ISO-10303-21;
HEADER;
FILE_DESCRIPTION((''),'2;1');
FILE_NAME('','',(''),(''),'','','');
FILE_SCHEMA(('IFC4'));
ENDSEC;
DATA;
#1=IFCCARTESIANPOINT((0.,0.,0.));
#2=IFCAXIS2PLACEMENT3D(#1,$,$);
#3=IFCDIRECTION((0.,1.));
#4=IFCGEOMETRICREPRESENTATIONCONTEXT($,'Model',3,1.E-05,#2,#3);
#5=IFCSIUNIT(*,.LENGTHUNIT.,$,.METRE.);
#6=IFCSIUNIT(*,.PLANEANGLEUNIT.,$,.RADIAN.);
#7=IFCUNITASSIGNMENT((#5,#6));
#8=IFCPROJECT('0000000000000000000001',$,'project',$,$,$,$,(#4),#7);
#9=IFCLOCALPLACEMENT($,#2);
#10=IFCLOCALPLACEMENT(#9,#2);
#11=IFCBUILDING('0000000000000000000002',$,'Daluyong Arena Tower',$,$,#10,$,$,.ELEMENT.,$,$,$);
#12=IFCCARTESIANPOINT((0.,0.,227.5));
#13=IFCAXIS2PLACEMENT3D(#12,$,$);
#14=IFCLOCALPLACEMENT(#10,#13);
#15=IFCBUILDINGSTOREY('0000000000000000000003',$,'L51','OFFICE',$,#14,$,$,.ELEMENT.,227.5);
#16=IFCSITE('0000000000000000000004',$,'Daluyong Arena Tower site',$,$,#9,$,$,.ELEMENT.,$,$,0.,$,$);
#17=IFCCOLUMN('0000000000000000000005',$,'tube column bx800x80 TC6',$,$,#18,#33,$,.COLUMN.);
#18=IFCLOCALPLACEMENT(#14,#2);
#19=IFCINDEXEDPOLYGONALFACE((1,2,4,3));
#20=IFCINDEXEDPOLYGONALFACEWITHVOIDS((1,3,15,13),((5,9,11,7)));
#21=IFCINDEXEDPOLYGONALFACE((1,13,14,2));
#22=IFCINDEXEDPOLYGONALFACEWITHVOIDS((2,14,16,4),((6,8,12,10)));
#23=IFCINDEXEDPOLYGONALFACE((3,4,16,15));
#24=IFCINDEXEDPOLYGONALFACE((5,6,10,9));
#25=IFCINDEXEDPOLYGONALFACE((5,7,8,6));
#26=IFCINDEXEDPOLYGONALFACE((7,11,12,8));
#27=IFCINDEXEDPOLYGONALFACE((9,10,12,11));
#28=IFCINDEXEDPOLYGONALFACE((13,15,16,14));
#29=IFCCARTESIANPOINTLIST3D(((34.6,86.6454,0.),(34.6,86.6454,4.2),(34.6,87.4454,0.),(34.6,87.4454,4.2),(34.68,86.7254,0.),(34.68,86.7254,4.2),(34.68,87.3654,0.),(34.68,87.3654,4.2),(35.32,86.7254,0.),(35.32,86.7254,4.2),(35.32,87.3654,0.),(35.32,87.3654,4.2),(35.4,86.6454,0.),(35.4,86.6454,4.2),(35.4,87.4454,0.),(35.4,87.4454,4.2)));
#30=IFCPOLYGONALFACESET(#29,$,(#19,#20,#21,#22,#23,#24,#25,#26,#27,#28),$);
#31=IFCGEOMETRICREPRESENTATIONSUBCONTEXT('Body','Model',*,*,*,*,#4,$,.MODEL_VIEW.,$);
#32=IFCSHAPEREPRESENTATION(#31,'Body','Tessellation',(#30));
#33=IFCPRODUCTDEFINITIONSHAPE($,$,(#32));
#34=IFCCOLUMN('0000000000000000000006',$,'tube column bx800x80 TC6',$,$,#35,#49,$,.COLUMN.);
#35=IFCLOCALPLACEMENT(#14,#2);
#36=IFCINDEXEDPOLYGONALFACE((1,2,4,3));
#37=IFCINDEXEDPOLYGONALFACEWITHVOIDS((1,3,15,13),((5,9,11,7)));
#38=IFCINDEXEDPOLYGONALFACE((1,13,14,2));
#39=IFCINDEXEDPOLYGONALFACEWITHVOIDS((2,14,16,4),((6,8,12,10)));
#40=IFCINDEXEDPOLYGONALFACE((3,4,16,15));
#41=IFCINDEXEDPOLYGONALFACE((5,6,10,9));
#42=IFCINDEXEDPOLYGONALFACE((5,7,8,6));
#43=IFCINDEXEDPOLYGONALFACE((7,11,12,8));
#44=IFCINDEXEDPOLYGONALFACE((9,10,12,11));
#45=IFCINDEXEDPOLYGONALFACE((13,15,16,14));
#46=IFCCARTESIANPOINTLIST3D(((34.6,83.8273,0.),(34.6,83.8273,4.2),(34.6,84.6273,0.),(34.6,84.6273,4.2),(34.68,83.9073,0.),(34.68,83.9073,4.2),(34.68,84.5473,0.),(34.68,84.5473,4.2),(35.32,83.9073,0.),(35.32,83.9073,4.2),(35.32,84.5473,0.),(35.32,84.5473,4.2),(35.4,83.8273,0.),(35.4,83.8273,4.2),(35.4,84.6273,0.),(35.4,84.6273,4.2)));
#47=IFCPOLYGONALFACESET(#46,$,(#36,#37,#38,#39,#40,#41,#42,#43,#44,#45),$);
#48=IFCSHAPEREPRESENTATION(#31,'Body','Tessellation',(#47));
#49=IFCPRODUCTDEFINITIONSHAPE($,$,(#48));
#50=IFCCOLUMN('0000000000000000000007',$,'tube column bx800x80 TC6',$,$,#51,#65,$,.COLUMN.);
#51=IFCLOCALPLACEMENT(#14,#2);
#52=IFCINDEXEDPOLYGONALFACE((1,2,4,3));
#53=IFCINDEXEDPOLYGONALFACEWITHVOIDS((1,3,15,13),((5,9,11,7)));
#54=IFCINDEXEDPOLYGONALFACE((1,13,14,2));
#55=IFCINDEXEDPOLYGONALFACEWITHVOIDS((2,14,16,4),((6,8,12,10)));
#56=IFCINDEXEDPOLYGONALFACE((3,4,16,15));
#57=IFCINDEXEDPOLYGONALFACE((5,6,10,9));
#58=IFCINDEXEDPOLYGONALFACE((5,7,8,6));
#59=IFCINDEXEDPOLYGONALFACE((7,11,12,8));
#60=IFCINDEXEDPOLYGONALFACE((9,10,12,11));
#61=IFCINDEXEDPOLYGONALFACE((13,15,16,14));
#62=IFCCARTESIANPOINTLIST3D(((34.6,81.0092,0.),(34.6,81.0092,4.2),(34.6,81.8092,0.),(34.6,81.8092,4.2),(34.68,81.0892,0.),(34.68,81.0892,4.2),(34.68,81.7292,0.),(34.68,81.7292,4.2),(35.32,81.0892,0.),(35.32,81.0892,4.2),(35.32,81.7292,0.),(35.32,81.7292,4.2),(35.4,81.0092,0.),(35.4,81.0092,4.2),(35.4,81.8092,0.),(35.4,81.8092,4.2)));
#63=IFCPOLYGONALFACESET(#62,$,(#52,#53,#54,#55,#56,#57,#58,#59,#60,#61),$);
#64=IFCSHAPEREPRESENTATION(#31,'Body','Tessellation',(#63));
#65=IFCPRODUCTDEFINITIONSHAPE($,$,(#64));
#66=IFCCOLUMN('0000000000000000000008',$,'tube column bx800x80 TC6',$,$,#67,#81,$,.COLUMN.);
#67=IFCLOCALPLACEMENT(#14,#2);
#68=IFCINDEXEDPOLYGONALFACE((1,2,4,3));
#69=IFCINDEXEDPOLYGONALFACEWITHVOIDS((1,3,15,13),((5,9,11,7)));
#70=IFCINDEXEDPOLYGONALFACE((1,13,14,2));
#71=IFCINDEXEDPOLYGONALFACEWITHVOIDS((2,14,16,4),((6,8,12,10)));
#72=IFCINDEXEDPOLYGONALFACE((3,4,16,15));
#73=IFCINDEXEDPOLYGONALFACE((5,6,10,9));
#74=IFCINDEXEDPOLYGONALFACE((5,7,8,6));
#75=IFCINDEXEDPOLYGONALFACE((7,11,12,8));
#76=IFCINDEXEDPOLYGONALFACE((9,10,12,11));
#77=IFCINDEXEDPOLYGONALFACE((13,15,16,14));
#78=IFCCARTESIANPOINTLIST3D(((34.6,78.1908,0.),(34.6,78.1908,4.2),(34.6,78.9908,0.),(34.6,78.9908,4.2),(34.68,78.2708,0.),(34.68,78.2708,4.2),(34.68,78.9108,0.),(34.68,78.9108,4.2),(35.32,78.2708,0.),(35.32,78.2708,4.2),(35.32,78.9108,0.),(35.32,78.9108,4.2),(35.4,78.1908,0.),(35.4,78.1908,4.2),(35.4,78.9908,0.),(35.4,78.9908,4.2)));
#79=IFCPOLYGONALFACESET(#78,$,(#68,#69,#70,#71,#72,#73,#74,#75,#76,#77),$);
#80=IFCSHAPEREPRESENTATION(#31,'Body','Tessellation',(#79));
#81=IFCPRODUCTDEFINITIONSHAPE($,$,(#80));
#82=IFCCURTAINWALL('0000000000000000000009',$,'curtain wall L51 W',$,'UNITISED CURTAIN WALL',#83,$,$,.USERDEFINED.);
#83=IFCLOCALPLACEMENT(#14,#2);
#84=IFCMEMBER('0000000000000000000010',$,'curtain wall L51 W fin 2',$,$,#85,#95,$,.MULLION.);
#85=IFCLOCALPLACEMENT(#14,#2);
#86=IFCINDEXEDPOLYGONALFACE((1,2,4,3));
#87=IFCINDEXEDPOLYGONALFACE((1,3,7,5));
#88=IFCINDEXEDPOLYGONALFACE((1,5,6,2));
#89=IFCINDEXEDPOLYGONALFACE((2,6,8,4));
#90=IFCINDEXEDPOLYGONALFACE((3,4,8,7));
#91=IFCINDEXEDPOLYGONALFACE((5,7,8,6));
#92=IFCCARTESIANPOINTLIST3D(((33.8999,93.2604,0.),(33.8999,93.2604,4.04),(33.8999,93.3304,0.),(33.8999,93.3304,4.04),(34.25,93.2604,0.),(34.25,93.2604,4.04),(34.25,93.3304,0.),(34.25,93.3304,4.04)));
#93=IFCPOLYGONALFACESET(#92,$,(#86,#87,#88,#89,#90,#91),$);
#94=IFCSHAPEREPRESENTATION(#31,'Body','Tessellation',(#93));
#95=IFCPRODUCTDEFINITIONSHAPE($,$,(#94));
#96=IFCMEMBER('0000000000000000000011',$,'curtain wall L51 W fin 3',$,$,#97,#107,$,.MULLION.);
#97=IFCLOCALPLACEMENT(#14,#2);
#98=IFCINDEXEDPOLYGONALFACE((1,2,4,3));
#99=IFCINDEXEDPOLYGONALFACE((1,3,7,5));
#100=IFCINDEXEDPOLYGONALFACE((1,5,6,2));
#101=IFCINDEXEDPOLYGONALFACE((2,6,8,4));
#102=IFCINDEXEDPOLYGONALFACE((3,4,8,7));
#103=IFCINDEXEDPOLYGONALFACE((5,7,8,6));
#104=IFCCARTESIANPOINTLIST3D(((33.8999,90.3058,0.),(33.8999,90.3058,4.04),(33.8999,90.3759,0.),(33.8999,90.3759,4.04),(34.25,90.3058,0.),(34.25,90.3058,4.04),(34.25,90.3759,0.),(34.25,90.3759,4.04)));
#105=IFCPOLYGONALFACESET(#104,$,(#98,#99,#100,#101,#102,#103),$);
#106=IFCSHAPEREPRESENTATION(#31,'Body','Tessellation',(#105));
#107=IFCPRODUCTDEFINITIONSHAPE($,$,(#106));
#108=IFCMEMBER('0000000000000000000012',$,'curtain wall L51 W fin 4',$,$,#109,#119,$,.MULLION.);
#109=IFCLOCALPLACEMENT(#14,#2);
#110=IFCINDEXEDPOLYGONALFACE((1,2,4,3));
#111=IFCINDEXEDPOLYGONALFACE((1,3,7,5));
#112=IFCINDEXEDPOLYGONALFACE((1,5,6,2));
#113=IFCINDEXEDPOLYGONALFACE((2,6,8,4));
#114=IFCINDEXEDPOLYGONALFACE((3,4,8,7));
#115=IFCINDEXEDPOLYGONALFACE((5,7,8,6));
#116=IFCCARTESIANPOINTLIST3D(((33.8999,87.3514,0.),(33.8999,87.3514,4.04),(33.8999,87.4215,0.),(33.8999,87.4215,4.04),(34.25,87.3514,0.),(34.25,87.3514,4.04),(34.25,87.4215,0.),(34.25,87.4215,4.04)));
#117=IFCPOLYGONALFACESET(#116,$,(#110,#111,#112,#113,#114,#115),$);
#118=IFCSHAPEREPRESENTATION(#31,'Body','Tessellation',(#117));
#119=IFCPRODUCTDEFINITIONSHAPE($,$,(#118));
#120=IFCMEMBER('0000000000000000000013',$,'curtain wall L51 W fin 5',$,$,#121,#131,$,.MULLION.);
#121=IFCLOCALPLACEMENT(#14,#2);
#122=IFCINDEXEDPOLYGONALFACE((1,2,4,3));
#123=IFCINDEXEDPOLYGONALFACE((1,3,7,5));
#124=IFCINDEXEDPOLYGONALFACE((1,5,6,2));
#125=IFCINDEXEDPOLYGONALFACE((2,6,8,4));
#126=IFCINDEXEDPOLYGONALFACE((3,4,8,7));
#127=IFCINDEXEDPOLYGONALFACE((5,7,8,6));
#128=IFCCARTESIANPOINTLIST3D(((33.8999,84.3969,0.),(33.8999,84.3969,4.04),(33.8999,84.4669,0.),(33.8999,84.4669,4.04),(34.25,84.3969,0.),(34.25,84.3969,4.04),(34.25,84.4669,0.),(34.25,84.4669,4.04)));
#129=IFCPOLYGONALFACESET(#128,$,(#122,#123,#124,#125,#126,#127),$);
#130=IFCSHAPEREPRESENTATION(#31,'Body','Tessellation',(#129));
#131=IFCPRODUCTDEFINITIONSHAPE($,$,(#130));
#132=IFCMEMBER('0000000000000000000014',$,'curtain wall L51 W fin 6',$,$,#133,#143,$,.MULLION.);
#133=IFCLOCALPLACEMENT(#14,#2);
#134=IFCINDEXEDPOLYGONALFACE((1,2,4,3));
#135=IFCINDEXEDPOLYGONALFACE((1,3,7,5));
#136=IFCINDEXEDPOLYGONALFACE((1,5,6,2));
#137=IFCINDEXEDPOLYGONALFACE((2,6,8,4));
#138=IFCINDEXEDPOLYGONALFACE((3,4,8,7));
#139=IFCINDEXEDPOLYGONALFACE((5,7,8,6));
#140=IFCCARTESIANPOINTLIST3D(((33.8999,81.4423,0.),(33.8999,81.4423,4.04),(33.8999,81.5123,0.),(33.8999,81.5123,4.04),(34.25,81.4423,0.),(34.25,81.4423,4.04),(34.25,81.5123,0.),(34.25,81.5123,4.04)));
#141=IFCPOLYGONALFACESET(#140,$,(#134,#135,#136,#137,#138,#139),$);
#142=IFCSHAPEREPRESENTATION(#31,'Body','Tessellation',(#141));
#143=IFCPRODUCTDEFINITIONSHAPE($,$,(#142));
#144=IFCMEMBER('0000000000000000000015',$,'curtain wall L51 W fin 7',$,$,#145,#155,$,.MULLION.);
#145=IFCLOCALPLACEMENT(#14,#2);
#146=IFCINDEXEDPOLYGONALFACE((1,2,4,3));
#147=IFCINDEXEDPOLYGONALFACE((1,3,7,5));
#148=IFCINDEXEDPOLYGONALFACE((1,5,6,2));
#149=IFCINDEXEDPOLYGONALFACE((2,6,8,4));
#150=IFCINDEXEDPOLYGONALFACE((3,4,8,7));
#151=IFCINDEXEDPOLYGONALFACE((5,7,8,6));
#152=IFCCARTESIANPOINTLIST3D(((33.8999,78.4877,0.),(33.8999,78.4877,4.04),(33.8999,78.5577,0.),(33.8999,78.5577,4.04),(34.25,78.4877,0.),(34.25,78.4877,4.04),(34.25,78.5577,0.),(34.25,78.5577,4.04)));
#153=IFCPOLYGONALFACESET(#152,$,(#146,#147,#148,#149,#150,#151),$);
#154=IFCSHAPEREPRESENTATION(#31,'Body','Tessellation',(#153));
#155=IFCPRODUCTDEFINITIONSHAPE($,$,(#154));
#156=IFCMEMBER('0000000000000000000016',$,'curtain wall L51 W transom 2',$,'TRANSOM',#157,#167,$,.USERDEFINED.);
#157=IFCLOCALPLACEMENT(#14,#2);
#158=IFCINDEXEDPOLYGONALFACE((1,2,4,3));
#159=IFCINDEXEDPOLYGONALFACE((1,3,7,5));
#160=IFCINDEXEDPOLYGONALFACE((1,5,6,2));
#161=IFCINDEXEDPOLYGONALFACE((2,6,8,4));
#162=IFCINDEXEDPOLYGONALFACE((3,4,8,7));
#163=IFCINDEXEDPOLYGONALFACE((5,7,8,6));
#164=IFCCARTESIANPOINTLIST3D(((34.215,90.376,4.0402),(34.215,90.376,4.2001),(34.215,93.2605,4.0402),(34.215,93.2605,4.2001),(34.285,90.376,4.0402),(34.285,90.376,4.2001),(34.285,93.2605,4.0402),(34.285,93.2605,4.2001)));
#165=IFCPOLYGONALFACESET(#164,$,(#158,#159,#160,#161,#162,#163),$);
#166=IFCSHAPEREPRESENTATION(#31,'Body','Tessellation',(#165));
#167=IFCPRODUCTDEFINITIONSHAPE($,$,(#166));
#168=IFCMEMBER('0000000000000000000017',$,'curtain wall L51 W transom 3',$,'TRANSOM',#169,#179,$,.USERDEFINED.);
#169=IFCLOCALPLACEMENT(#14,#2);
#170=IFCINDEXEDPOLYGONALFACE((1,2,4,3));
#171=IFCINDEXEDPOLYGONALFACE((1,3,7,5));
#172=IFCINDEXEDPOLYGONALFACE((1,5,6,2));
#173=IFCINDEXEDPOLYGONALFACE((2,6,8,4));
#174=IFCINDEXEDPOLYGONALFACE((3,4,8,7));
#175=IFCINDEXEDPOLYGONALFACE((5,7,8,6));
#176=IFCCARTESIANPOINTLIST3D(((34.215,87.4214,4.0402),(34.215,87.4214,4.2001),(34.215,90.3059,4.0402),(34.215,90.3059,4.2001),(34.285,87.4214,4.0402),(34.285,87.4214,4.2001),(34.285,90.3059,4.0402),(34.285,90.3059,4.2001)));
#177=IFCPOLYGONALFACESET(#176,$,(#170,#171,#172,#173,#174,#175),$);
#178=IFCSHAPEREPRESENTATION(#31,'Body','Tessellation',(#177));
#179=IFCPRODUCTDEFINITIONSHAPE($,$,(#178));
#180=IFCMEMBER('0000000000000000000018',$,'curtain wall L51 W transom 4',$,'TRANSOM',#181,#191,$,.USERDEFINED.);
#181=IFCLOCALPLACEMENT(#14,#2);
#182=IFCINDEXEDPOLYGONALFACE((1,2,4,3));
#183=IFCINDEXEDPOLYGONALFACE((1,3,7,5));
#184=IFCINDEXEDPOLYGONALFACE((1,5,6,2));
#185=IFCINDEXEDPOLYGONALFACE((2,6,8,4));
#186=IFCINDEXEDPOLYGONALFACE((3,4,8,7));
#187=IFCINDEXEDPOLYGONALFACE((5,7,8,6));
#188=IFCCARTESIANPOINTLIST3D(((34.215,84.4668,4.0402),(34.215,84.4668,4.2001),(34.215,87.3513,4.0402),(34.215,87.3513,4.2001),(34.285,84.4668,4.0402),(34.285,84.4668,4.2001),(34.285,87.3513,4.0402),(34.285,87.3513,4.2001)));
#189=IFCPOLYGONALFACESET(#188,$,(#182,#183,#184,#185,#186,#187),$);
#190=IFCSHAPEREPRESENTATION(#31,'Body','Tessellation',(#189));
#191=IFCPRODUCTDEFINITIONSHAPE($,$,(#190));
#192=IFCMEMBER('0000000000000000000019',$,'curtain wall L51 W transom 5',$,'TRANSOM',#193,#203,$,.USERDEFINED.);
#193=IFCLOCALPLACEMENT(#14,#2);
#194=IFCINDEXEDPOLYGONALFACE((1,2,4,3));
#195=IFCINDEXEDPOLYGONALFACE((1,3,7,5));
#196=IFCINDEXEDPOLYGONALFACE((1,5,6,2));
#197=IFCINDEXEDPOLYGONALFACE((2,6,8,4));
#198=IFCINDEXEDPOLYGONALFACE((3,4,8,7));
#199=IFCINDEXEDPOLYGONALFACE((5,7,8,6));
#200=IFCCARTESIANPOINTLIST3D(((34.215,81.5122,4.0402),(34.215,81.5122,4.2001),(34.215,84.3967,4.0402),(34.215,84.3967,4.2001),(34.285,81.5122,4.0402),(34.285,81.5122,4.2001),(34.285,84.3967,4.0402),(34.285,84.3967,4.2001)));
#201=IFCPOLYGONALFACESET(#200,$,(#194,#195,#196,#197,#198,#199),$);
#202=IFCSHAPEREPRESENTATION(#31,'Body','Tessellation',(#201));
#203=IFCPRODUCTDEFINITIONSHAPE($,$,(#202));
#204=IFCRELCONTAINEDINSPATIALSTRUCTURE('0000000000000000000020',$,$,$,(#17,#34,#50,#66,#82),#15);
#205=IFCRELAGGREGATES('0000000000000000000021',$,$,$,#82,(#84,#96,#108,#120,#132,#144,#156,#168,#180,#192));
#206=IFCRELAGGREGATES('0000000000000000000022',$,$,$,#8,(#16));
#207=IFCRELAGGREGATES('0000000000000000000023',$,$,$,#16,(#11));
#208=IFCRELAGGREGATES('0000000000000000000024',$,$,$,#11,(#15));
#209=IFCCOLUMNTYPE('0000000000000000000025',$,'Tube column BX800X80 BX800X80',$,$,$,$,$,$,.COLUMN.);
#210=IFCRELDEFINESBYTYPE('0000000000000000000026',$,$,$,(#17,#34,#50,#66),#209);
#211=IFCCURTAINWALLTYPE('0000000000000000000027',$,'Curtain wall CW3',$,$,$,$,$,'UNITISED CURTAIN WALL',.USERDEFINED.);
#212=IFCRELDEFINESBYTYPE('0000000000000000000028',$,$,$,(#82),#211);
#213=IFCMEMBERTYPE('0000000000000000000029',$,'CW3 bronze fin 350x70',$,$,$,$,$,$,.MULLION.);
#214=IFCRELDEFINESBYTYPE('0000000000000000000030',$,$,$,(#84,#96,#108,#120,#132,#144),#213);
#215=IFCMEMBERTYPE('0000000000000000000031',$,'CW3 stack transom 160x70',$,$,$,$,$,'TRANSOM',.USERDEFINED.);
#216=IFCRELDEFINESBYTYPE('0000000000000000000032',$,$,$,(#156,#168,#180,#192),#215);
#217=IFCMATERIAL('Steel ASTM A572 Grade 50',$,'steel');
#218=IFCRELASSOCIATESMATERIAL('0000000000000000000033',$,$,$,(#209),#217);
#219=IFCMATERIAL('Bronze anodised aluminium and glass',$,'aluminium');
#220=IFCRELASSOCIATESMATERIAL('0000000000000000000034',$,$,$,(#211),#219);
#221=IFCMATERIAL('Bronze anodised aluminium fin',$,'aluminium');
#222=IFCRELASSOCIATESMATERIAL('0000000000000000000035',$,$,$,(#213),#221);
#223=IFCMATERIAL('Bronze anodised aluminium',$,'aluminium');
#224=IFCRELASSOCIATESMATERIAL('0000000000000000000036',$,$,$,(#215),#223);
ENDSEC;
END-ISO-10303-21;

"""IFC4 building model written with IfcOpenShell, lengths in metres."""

from ifc_helpers import new_model, si_unit, direction, frame, origin, origin_2d, place, context, subcontext, project, spatial, rectangle, hollow_rectangle, extrude, material, material_profile, profile_set, type_object, element, aggregate, save


model = new_model("IFC4")

# Units and contexts
model_context = context("Model", 3, precision=1e-05, world=origin(), true_north=direction((0.0, 1.0)))
body_context = subcontext(model_context, "Body", "Model", "MODEL_VIEW")
ifc_project = project(units=[si_unit("LENGTHUNIT", "METRE"), si_unit("PLANEANGLEUNIT", "RADIAN")], contexts=[model_context])

# Site, building, storey
site_placement = place(None, origin())
site = spatial("IfcSite", under=ifc_project, at=site_placement, Name="Daluyong Arena Tower site", CompositionType="ELEMENT", RefElevation=0.0)
building_placement = place(site_placement, origin())
building = spatial("IfcBuilding", under=site, at=building_placement, Name="Daluyong Arena Tower", CompositionType="ELEMENT")
storey_placement = place(building_placement, frame((0.0, 0.0, 227.5)))
storey = spatial("IfcBuildingStorey", under=building, at=storey_placement, Name="L51", Description="OFFICE", CompositionType="ELEMENT", Elevation=227.5)

# Columns
ifc_material_1 = material(Name="Steel ASTM A572 Grade 50", Category="steel")
ifc_material_profile_1 = material_profile(ifc_material_1, hollow_rectangle(XDim=0.8, YDim=0.8, WallThickness=0.08, at=origin_2d()))
ifc_profile_set_1 = profile_set([ifc_material_profile_1], Name="Steel ASTM A572 Grade 50")
column_type = type_object("IfcColumnType", Name="Tube column BX800X80 BX800X80", PredefinedType="COLUMN", material=ifc_profile_set_1)
for number, where, z_axis, x_axis, name in (
    (1, (35.0, 87.0454, 0.0), (0.0, 0.0, 1.0), (0.0, 1.0, 0.0), "tube column bx800x80 TC6"),
    (2, (35.0, 84.2273, 0.0), (0.0, 0.0, 1.0), (0.0, 1.0, 0.0), "tube column bx800x80 TC6"),
    (3, (35.0, 81.4092, 0.0), (0.0, 0.0, 1.0), (0.0, 1.0, 0.0), "tube column bx800x80 TC6"),
    (4, (35.0, 78.5908, 0.0), (0.0, 0.0, 1.0), (0.0, 1.0, 0.0), "tube column bx800x80 TC6"),
):
    element("IfcColumn", number, at=place(storey_placement, frame(where, z_axis=z_axis, x_axis=x_axis)), inside=storey, type_object=column_type, Name=name, PredefinedType="COLUMN", context=body_context, shape_type="SweptSolid", body=[
        extrude(hollow_rectangle(XDim=0.8, YDim=0.8, WallThickness=0.08, at=origin_2d()), origin(), (0.0, 0.0, 1.0), 4.2),
    ])

# Curtain wall, members
ifc_material_2 = material(Name="Bronze anodised aluminium and glass", Category="aluminium")
curtain_wall_type = type_object("IfcCurtainWallType", Name="Curtain wall CW3", ElementType="UNITISED CURTAIN WALL", PredefinedType="USERDEFINED", material=ifc_material_2)
curtain_wall_placement = place(storey_placement, origin())
curtain_wall = element("IfcCurtainWall", 5, at=curtain_wall_placement, inside=storey, type_object=curtain_wall_type, Name="curtain wall L51 W", ObjectType="UNITISED CURTAIN WALL", PredefinedType="USERDEFINED")
ifc_material_3 = material(Name="Bronze anodised aluminium fin", Category="aluminium")
ifc_material_profile_2 = material_profile(ifc_material_3, rectangle(XDim=0.3501, YDim=0.0701, at=origin_2d()))
ifc_profile_set_2 = profile_set([ifc_material_profile_2], Name="Bronze anodised aluminium fin")
member_type_1 = type_object("IfcMemberType", Name="CW3 bronze fin 350x70", PredefinedType="MULLION", material=ifc_profile_set_2)
member_1_placement = place(storey_placement, frame((34.075, 93.2954, 0.0), z_axis=(0.0, 0.0, 1.0), x_axis=(1.0, 0.0, 0.0)))
member_1 = element("IfcMember", 6, at=member_1_placement, type_object=member_type_1, Name="curtain wall L51 W fin 2", PredefinedType="MULLION", context=body_context, shape_type="SweptSolid", body=[
    extrude(rectangle(XDim=0.3501, YDim=0.0701, at=origin_2d()), origin(), (0.0, 0.0, 1.0), 4.04),
])
member_2_placement = place(storey_placement, frame((34.075, 90.3408, 0.0), z_axis=(0.0, 0.0, 1.0), x_axis=(1.0, 0.0, 0.0)))
member_2 = element("IfcMember", 7, at=member_2_placement, type_object=member_type_1, Name="curtain wall L51 W fin 3", PredefinedType="MULLION", context=body_context, shape_type="SweptSolid", body=[
    extrude(rectangle(XDim=0.3501, YDim=0.0701, at=origin_2d()), origin(), (0.0, 0.0, 1.0), 4.04),
])
member_3_placement = place(storey_placement, frame((34.075, 87.3865, 0.0), z_axis=(0.0, 0.0, 1.0), x_axis=(1.0, 0.0, 0.0)))
member_3 = element("IfcMember", 8, at=member_3_placement, type_object=member_type_1, Name="curtain wall L51 W fin 4", PredefinedType="MULLION", context=body_context, shape_type="SweptSolid", body=[
    extrude(rectangle(XDim=0.3501, YDim=0.0701, at=origin_2d()), origin(), (0.0, 0.0, 1.0), 4.04),
])
member_4_placement = place(storey_placement, frame((34.075, 84.4319, 0.0), z_axis=(0.0, 0.0, 1.0), x_axis=(1.0, 0.0, 0.0)))
member_4 = element("IfcMember", 9, at=member_4_placement, type_object=member_type_1, Name="curtain wall L51 W fin 5", PredefinedType="MULLION", context=body_context, shape_type="SweptSolid", body=[
    extrude(rectangle(XDim=0.3501, YDim=0.0701, at=origin_2d()), origin(), (0.0, 0.0, 1.0), 4.04),
])
member_5_placement = place(storey_placement, frame((34.075, 81.4773, 0.0), z_axis=(0.0, 0.0, 1.0), x_axis=(1.0, 0.0, 0.0)))
member_5 = element("IfcMember", 10, at=member_5_placement, type_object=member_type_1, Name="curtain wall L51 W fin 6", PredefinedType="MULLION", context=body_context, shape_type="SweptSolid", body=[
    extrude(rectangle(XDim=0.3501, YDim=0.0701, at=origin_2d()), origin(), (0.0, 0.0, 1.0), 4.04),
])
member_6_placement = place(storey_placement, frame((34.075, 78.5227, 0.0), z_axis=(0.0, 0.0, 1.0), x_axis=(1.0, 0.0, 0.0)))
member_6 = element("IfcMember", 11, at=member_6_placement, type_object=member_type_1, Name="curtain wall L51 W fin 7", PredefinedType="MULLION", context=body_context, shape_type="SweptSolid", body=[
    extrude(rectangle(XDim=0.3501, YDim=0.0701, at=origin_2d()), origin(), (0.0, 0.0, 1.0), 4.04),
])
ifc_material_4 = material(Name="Bronze anodised aluminium", Category="aluminium")
ifc_material_profile_3 = material_profile(ifc_material_4, rectangle(XDim=0.0701, YDim=0.1599, at=origin_2d()))
ifc_profile_set_3 = profile_set([ifc_material_profile_3], Name="Bronze anodised aluminium")
member_type_2 = type_object("IfcMemberType", Name="CW3 stack transom 160x70", ElementType="TRANSOM", PredefinedType="USERDEFINED", material=ifc_profile_set_3)
member_7_placement = place(storey_placement, frame((34.25, 93.2605, 4.1201), z_axis=(0.0, -1.0, 0.0), x_axis=(1.0, 0.0, 0.0)))
member_7 = element("IfcMember", 12, at=member_7_placement, type_object=member_type_2, Name="curtain wall L51 W transom 2", ObjectType="TRANSOM", PredefinedType="USERDEFINED", context=body_context, shape_type="SweptSolid", body=[
    extrude(rectangle(XDim=0.0701, YDim=0.1599, at=origin_2d()), origin(), (0.0, 0.0, 1.0), 2.8845),
])
member_8_placement = place(storey_placement, frame((34.25, 90.3059, 4.1201), z_axis=(0.0, -1.0, 0.0), x_axis=(1.0, 0.0, 0.0)))
member_8 = element("IfcMember", 13, at=member_8_placement, type_object=member_type_2, Name="curtain wall L51 W transom 3", ObjectType="TRANSOM", PredefinedType="USERDEFINED", context=body_context, shape_type="SweptSolid", body=[
    extrude(rectangle(XDim=0.0701, YDim=0.1599, at=origin_2d()), origin(), (0.0, 0.0, 1.0), 2.8845),
])
member_9_placement = place(storey_placement, frame((34.25, 87.3513, 4.1201), z_axis=(0.0, -1.0, 0.0), x_axis=(1.0, 0.0, 0.0)))
member_9 = element("IfcMember", 14, at=member_9_placement, type_object=member_type_2, Name="curtain wall L51 W transom 4", ObjectType="TRANSOM", PredefinedType="USERDEFINED", context=body_context, shape_type="SweptSolid", body=[
    extrude(rectangle(XDim=0.0701, YDim=0.1599, at=origin_2d()), origin(), (0.0, 0.0, 1.0), 2.8845),
])
member_10_placement = place(storey_placement, frame((34.25, 84.3967, 4.1201), z_axis=(0.0, -1.0, 0.0), x_axis=(1.0, 0.0, 0.0)))
member_10 = element("IfcMember", 15, at=member_10_placement, type_object=member_type_2, Name="curtain wall L51 W transom 5", ObjectType="TRANSOM", PredefinedType="USERDEFINED", context=body_context, shape_type="SweptSolid", body=[
    extrude(rectangle(XDim=0.0701, YDim=0.1599, at=origin_2d()), origin(), (0.0, 0.0, 1.0), 2.8845),
])

aggregate(curtain_wall, [member_1, member_2, member_3, member_4, member_5, member_6, member_7, member_8, member_9, member_10])

save(model, "model.ifc")
